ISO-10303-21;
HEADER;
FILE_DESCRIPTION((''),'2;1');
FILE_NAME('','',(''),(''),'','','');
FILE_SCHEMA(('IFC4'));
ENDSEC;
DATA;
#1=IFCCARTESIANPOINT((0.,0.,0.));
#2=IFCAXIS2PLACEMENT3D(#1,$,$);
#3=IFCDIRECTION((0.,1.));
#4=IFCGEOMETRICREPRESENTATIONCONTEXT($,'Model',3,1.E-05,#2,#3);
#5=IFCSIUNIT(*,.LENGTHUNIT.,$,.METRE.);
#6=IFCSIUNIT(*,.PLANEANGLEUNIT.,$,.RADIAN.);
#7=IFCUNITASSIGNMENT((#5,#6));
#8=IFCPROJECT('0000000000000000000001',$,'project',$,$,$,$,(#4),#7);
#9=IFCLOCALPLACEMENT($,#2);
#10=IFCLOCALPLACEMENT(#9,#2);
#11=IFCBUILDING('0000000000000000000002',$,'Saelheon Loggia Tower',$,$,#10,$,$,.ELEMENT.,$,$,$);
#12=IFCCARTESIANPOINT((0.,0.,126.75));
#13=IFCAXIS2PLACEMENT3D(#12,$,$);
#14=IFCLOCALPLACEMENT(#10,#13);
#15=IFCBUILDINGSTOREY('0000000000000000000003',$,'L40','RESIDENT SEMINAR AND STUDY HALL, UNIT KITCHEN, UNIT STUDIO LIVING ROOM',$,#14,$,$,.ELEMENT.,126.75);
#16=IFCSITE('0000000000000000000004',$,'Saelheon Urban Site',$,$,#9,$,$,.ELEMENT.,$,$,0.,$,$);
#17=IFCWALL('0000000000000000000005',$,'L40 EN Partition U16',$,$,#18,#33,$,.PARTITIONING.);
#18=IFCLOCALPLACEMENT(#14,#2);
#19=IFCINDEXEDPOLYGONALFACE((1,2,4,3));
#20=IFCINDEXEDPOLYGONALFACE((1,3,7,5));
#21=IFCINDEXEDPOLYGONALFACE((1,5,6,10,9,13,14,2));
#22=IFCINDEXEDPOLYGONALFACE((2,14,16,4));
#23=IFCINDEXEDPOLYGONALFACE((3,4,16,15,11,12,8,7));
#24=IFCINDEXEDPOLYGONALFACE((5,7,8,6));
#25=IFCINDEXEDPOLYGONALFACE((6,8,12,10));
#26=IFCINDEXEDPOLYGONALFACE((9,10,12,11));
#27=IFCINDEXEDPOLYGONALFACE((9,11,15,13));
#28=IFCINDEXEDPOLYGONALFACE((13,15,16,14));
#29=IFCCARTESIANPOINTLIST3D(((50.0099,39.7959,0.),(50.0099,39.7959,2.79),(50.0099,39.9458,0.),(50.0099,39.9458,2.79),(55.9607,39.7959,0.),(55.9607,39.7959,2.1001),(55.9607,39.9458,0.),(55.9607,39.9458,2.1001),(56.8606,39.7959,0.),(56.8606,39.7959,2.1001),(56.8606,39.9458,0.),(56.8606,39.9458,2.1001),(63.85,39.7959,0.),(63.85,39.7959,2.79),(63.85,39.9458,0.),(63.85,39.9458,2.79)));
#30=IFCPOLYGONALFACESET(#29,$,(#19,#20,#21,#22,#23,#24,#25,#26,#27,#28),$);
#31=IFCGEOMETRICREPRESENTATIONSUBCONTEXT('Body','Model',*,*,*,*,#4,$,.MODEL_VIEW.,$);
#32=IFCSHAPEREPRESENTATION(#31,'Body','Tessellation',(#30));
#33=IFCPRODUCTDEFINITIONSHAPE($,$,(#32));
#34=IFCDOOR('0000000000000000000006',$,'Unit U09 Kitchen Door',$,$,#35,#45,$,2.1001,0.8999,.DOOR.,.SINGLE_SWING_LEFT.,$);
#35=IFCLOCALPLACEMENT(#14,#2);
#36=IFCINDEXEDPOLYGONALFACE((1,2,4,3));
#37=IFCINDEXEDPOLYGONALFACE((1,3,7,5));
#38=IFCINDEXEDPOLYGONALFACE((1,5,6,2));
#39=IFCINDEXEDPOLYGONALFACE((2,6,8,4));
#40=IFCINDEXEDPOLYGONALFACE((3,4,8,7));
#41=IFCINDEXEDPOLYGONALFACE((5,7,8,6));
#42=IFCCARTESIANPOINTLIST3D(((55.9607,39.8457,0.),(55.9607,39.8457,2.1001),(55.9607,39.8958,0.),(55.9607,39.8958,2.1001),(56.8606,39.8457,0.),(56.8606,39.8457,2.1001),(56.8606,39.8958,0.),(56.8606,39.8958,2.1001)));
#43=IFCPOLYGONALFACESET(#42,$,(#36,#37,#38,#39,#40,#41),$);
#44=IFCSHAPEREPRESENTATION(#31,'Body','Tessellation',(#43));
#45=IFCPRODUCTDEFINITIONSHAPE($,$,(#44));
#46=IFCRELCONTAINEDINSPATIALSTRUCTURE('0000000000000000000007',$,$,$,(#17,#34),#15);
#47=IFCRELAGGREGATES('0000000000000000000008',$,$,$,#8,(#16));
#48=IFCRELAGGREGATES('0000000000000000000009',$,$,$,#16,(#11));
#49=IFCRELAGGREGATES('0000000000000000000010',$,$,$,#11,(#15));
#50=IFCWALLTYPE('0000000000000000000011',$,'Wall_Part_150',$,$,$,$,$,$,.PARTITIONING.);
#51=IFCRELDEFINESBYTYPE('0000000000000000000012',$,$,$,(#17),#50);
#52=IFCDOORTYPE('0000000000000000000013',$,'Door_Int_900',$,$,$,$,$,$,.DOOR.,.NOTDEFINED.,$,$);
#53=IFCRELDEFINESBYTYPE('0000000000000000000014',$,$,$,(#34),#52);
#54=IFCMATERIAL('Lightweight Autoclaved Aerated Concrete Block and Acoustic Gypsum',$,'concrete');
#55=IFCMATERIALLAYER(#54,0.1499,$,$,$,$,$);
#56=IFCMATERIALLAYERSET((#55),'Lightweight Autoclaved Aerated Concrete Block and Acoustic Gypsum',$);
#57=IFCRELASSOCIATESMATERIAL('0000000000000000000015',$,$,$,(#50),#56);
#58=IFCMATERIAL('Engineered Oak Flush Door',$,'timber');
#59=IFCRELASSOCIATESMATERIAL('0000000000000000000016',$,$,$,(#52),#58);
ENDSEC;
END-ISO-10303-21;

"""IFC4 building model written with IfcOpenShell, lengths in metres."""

from ifc_helpers import new_model, si_unit, direction, frame, frame_2d, origin, place, context, subcontext, project, spatial, rectangle, extrude, source, transform, mapped, material, layer, layer_set, type_object, element, fill, save


model = new_model("IFC4")

# Units and contexts
model_context = context("Model", 3, precision=1e-05, world=origin(), true_north=direction((0.0, 1.0)))
body_context = subcontext(model_context, "Body", "Model", "MODEL_VIEW")
ifc_project = project(units=[si_unit("LENGTHUNIT", "METRE"), si_unit("PLANEANGLEUNIT", "RADIAN")], contexts=[model_context])

# Site, building, storey
site_placement = place(None, origin())
site = spatial("IfcSite", under=ifc_project, at=site_placement, Name="Saelheon Urban Site", CompositionType="ELEMENT", RefElevation=0.0)
building_placement = place(site_placement, origin())
building = spatial("IfcBuilding", under=site, at=building_placement, Name="Saelheon Loggia Tower", CompositionType="ELEMENT")
storey_placement = place(building_placement, frame((0.0, 0.0, 126.75)))
storey = spatial("IfcBuildingStorey", under=building, at=storey_placement, Name="L40", Description="RESIDENT SEMINAR AND STUDY HALL, UNIT KITCHEN, UNIT STUDIO LIVING ROOM", CompositionType="ELEMENT", Elevation=126.75)

# Wall, opening, door
ifc_material_1 = material(Name="Lightweight Autoclaved Aerated Concrete Block and Acoustic Gypsum", Category="concrete")
ifc_layer_1 = layer(ifc_material_1, 0.1499)
ifc_layer_set_1 = layer_set([ifc_layer_1], Name="Lightweight Autoclaved Aerated Concrete Block and Acoustic Gypsum")
wall_type = type_object("IfcWallType", Name="Wall_Part_150", PredefinedType="PARTITIONING", material=ifc_layer_set_1)
wall_placement = place(storey_placement, frame((50.01, 39.8708, 0.0), z_axis=(0.0, 0.0, 1.0), x_axis=(1.0, 0.0, 0.0)))
wall = element("IfcWall", 1, at=wall_placement, inside=storey, type_object=wall_type, Name="L40 EN Partition U16", PredefinedType="PARTITIONING", context=body_context, shape_type="SweptSolid", body=[
    extrude(rectangle(XDim=13.8401, YDim=0.1499, at=frame_2d((6.9199, 0.0))), origin(), (0.0, 0.0, 1.0), 2.79),
])
opening_placement = place(wall_placement, frame((5.9507, 0.0, 0.0)))
opening = element("IfcOpeningElement", 2, at=opening_placement, cuts=wall, PredefinedType="OPENING", context=body_context, shape_type="SweptSolid", body=[
    extrude(rectangle(XDim=0.8999, YDim=2.1001, at=frame_2d((0.45, 1.05))), frame((0.0, 0.0869, 0.0), z_axis=(0.0, -1.0, 0.0), x_axis=(1.0, 0.0, 0.0)), (0.0, 0.0, 1.0), 0.1738),
])
ifc_material_2 = material(Name="Engineered Oak Flush Door", Category="timber")
door_type = type_object("IfcDoorType", Name="Door_Int_900", OperationType="NOTDEFINED", PredefinedType="DOOR", material=ifc_material_2)
shared_shape_1 = source(origin(), body_context, "Body", "SweptSolid", [
    extrude(rectangle(XDim=0.8999, YDim=2.1001, at=frame_2d((0.45, 1.05))), frame((0.0, 0.0249, 0.0), z_axis=(0.0, -1.0, 0.0), x_axis=(1.0, 0.0, 0.0)), (0.0, 0.0, 1.0), 0.05),
])
door_placement = place(opening_placement, origin())
door = element("IfcDoor", 3, at=door_placement, inside=storey, type_object=door_type, Name="Unit U09 Kitchen Door", OperationType="SINGLE_SWING_LEFT", OverallHeight=2.1001, OverallWidth=0.8999, PredefinedType="DOOR", context=body_context, shape_type="MappedRepresentation", body=[
    mapped(shared_shape_1, transform((0.0, 0.0, 0.0), scale=1.0)),
])
fill(opening, door)

save(model, "model.ifc")
